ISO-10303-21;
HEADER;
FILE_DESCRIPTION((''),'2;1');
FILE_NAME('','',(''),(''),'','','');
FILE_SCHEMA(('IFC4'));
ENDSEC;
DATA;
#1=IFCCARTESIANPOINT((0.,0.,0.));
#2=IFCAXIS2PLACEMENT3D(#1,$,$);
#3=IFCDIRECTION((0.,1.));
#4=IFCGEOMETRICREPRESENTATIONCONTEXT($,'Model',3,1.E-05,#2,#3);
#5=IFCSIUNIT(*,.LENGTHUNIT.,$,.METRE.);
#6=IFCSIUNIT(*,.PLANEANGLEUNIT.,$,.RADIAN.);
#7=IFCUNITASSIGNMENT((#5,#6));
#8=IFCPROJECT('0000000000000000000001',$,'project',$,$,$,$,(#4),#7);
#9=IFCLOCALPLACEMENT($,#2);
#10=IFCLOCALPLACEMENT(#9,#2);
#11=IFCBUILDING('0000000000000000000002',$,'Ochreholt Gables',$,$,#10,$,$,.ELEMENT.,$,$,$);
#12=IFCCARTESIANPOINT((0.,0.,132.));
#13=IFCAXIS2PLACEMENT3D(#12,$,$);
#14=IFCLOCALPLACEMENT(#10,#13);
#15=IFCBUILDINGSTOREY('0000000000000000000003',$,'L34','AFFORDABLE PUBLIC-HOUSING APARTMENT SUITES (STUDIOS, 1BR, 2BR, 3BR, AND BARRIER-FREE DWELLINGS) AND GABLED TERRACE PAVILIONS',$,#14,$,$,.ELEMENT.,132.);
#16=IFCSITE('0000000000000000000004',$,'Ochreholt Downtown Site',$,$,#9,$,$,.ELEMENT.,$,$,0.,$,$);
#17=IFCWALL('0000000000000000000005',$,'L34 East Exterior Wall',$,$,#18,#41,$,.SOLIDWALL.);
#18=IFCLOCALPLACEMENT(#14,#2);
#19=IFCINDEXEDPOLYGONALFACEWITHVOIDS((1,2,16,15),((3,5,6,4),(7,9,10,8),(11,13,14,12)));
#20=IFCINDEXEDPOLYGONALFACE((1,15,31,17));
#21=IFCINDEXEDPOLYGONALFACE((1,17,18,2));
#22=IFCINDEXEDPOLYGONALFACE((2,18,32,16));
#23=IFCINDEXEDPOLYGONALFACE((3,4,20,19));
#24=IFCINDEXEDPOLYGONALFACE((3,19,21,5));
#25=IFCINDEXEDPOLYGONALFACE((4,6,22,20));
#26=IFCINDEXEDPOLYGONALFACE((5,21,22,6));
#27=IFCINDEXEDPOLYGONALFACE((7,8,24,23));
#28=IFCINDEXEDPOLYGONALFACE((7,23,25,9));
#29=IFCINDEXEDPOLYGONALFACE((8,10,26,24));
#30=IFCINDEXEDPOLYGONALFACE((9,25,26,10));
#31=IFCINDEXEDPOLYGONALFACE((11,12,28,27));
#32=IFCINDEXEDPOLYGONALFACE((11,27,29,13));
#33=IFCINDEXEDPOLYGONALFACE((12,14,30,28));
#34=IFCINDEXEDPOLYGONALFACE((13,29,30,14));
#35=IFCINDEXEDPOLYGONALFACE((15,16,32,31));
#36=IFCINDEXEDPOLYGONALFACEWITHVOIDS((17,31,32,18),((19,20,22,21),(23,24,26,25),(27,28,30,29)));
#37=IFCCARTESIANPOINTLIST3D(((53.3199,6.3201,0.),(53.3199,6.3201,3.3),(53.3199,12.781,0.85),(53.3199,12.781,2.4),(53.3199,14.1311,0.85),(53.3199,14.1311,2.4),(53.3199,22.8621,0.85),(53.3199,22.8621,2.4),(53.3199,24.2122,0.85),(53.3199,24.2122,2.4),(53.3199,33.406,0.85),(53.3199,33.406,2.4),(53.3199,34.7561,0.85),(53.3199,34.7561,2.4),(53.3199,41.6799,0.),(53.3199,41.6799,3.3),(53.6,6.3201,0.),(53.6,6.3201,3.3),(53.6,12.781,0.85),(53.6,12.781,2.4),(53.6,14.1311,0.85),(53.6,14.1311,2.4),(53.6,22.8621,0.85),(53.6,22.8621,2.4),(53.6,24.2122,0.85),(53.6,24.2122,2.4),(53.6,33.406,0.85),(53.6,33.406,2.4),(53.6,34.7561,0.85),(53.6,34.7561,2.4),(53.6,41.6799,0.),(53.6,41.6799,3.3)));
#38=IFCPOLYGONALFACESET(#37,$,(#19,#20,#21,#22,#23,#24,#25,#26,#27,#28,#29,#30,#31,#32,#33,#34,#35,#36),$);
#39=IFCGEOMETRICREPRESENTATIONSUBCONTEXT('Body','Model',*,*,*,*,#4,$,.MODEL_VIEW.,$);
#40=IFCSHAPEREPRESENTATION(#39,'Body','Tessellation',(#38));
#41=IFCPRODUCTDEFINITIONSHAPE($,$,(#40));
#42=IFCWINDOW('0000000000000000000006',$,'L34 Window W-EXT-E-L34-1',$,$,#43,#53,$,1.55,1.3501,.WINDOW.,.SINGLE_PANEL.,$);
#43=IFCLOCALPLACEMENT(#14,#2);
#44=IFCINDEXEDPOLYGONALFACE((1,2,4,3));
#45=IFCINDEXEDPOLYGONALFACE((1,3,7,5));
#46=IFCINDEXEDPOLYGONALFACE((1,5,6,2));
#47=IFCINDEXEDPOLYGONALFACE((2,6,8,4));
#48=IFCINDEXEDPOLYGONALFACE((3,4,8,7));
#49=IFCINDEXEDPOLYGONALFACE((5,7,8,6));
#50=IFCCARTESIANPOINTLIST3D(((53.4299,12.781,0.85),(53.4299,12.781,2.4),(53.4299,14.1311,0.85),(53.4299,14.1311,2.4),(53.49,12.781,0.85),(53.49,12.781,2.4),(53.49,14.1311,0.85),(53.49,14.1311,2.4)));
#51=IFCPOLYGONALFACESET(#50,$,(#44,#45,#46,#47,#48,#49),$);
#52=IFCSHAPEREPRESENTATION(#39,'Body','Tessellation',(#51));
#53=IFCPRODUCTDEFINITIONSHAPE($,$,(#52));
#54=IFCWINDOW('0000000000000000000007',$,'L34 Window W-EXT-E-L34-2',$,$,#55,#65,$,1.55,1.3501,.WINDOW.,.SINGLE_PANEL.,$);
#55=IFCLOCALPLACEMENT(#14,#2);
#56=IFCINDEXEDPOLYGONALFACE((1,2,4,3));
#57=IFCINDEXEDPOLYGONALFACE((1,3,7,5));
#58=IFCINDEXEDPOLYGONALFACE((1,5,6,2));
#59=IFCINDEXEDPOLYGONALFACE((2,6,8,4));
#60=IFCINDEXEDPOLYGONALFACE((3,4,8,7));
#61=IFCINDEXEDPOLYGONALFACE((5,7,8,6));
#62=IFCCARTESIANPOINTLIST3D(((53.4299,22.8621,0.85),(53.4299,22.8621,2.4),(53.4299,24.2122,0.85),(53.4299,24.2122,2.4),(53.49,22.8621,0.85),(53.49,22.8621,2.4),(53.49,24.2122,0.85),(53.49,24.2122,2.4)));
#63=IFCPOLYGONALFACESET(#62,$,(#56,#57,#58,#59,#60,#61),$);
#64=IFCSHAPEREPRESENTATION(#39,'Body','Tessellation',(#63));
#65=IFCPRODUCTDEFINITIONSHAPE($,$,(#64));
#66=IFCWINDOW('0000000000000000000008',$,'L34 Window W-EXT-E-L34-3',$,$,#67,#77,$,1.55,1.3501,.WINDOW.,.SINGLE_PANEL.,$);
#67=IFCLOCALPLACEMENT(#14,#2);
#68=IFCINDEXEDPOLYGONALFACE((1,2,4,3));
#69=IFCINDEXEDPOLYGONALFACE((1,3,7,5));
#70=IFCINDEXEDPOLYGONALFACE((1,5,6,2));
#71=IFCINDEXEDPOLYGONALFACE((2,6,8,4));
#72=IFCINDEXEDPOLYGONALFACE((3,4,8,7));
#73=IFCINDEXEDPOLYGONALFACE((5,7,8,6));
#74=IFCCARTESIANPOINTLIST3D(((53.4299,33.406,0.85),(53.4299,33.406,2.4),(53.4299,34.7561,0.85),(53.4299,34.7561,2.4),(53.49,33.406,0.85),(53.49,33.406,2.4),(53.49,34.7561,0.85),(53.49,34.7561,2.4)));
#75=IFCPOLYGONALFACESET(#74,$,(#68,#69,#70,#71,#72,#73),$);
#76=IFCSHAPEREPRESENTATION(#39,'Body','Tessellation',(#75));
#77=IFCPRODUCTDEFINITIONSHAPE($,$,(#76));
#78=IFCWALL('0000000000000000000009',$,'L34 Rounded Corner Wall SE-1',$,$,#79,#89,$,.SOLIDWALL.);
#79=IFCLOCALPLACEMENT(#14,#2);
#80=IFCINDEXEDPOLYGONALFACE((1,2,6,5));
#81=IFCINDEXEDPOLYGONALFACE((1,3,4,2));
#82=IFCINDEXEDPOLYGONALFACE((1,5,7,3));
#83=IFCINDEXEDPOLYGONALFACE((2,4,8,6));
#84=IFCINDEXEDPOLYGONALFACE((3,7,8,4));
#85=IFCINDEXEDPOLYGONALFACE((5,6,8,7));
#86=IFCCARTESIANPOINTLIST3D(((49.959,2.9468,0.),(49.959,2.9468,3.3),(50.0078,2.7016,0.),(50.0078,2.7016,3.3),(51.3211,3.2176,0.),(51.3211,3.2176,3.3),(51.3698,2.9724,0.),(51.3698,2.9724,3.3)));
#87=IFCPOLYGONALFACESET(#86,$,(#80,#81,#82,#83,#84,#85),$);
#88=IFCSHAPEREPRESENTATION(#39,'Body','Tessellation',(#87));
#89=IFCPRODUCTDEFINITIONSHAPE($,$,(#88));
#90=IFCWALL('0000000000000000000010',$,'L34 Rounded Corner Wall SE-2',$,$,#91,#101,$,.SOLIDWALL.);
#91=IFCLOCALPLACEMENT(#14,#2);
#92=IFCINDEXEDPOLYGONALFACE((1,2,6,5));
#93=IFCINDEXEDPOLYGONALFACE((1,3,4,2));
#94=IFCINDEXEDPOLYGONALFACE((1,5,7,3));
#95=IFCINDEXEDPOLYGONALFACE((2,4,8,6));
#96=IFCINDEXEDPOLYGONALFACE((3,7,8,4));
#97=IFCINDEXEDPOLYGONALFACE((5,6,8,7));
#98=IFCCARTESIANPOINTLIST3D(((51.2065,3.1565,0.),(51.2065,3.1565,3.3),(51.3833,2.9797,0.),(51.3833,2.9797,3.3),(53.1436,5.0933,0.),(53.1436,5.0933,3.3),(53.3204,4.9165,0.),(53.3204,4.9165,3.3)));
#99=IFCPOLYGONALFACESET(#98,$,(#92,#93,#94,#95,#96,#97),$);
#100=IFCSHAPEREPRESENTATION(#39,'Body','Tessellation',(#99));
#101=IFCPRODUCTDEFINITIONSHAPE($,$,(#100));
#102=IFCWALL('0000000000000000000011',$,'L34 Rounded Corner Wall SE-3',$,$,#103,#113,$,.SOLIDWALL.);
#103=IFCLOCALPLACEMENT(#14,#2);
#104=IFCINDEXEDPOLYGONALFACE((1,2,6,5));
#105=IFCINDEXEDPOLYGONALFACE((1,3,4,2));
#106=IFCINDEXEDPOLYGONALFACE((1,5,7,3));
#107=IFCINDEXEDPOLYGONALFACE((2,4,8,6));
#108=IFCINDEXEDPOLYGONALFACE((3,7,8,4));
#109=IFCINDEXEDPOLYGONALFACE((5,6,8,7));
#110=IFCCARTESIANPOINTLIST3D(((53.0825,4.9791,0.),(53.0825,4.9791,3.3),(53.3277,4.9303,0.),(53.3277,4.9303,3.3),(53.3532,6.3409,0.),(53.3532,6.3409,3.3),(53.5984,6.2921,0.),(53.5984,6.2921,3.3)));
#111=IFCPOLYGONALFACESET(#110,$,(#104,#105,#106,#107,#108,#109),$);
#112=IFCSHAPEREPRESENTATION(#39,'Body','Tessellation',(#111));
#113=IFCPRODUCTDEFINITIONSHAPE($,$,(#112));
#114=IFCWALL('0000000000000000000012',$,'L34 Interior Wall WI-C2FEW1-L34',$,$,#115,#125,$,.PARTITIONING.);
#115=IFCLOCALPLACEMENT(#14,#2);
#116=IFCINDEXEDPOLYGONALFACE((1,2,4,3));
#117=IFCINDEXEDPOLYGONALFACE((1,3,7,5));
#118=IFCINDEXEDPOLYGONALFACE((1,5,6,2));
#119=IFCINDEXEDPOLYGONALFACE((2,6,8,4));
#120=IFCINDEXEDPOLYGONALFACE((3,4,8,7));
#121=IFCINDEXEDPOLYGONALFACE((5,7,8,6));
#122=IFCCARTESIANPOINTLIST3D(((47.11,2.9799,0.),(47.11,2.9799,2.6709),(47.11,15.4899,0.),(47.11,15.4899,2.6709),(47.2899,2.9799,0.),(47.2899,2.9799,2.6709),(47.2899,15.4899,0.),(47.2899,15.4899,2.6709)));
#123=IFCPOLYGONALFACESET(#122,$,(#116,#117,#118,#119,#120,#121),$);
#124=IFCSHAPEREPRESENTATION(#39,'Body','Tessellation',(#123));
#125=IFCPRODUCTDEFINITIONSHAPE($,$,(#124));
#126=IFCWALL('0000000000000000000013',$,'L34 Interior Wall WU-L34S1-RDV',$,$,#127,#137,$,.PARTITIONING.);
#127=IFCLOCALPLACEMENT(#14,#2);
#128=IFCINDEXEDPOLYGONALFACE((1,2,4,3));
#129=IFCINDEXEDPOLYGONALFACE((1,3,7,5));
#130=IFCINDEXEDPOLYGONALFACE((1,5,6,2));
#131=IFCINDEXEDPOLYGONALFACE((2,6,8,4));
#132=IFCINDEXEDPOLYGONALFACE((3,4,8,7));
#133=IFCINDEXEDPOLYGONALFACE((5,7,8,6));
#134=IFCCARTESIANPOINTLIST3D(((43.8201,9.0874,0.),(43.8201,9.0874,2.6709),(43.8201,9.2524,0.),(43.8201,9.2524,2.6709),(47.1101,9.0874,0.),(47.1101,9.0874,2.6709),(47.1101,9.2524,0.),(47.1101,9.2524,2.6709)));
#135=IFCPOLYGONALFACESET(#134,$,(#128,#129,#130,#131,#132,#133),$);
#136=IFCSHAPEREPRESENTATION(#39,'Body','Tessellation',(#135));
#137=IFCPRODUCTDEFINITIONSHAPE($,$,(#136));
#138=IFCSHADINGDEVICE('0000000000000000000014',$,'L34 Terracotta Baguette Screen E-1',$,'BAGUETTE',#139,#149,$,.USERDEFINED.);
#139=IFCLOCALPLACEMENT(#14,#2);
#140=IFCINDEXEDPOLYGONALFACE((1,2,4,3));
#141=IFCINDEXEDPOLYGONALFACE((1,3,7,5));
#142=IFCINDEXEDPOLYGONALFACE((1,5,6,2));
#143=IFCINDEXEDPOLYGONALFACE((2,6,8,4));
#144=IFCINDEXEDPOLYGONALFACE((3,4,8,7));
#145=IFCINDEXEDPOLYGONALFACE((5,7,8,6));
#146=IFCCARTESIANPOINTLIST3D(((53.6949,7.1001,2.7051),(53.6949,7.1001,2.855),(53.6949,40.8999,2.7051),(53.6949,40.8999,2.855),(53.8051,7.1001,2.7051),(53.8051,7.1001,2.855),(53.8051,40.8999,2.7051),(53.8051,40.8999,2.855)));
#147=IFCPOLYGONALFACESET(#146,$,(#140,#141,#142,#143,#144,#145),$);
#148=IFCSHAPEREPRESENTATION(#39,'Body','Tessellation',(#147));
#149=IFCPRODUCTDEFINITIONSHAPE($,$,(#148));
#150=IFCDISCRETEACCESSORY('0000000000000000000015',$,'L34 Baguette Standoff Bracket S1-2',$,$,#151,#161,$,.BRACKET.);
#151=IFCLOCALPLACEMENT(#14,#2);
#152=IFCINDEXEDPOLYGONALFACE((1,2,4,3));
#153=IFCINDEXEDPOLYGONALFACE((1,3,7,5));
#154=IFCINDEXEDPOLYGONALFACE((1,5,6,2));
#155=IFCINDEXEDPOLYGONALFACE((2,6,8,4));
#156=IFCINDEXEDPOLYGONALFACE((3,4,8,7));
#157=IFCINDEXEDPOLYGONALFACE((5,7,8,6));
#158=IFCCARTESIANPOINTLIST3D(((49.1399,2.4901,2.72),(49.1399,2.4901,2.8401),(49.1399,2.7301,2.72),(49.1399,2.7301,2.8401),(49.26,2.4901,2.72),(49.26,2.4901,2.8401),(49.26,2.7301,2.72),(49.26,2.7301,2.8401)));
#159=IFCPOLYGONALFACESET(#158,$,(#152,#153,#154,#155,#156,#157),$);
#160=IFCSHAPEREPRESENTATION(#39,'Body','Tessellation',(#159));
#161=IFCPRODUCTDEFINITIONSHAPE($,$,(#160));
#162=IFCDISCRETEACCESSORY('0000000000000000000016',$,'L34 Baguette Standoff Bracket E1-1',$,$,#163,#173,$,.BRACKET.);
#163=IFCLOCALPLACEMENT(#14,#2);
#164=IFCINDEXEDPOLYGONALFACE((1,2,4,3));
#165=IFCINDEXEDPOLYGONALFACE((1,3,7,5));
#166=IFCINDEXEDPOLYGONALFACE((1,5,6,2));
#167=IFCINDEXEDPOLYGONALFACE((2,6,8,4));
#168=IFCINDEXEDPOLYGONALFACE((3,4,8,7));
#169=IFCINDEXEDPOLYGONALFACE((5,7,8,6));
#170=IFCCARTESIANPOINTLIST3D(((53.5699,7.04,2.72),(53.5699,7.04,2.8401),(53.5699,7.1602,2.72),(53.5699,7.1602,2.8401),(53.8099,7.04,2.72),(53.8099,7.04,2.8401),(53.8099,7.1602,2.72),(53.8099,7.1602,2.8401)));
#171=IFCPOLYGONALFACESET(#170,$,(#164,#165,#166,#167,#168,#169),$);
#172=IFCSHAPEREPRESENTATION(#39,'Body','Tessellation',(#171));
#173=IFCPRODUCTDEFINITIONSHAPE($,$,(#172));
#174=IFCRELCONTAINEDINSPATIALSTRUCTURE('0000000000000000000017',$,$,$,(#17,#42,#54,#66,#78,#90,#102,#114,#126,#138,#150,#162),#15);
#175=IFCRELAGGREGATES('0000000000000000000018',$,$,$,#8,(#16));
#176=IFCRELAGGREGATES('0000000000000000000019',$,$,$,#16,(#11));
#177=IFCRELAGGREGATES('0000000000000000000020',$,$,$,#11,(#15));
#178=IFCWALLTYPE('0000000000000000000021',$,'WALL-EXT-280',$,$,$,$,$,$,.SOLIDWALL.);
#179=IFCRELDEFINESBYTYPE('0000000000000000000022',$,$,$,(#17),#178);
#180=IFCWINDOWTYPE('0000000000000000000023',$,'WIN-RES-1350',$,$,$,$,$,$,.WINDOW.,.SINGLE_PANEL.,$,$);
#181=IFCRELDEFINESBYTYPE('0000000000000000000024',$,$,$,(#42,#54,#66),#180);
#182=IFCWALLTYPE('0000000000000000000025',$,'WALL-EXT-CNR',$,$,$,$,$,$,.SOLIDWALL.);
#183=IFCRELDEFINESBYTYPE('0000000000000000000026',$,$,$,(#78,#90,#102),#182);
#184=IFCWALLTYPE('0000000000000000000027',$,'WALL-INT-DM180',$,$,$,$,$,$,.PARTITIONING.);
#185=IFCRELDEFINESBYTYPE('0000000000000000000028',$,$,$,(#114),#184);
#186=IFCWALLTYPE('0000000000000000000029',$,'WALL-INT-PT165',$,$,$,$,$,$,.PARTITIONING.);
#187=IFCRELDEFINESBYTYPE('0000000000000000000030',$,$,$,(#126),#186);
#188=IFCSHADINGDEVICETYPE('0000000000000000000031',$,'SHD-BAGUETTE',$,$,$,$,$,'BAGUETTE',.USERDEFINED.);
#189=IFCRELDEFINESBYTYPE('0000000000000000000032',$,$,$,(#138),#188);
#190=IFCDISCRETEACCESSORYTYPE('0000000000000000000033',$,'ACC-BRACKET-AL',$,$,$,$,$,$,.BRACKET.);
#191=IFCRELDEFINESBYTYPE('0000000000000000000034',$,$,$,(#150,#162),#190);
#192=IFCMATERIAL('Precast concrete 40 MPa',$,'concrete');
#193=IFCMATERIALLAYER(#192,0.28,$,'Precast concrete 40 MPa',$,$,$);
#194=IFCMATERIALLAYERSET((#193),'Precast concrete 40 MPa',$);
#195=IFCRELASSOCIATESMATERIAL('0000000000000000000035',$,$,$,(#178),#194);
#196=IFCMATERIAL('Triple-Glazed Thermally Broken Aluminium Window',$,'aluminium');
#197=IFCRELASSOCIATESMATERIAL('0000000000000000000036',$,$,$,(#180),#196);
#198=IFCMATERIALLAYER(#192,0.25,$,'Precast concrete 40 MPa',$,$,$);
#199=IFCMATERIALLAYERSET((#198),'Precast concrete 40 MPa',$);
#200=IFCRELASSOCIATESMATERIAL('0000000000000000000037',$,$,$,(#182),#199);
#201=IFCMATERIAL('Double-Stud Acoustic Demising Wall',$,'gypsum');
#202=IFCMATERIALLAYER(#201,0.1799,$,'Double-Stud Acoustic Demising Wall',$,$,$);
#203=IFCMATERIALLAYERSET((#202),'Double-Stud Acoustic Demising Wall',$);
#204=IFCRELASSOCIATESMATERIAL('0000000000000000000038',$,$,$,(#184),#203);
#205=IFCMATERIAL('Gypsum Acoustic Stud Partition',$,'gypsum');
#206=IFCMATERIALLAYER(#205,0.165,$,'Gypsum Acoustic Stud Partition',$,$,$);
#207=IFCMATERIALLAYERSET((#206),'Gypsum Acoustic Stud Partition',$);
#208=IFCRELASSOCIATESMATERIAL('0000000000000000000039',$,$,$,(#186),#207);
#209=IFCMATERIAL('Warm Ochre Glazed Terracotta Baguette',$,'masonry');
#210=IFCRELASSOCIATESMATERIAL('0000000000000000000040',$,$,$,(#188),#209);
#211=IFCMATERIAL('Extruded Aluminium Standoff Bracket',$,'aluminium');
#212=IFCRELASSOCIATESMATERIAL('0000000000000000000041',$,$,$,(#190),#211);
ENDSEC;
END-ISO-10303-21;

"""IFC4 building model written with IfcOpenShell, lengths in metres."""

from ifc_helpers import new_model, si_unit, direction, frame, frame_2d, origin, origin_2d, place, context, subcontext, project, spatial, rectangle, extrude, material, layer, layer_set, material_profile, profile_set, type_object, element, fill, save


model = new_model("IFC4")

# Units and contexts
model_context = context("Model", 3, precision=1e-05, world=origin(), true_north=direction((0.0, 1.0)))
body_context = subcontext(model_context, "Body", "Model", "MODEL_VIEW")
ifc_project = project(units=[si_unit("LENGTHUNIT", "METRE"), si_unit("PLANEANGLEUNIT", "RADIAN")], contexts=[model_context])

# Site, building, storey
site_placement = place(None, origin())
site = spatial("IfcSite", under=ifc_project, at=site_placement, Name="Ochreholt Downtown Site", CompositionType="ELEMENT", RefElevation=0.0)
building_placement = place(site_placement, origin())
building = spatial("IfcBuilding", under=site, at=building_placement, Name="Ochreholt Gables", CompositionType="ELEMENT")
storey_placement = place(building_placement, frame((0.0, 0.0, 132.0)))
storey = spatial("IfcBuildingStorey", under=building, at=storey_placement, Name="L34", Description="AFFORDABLE PUBLIC-HOUSING APARTMENT SUITES (STUDIOS, 1BR, 2BR, 3BR, AND BARRIER-FREE DWELLINGS) AND GABLED TERRACE PAVILIONS", CompositionType="ELEMENT", Elevation=132.0)

# Wall, openings, windows
ifc_material_1 = material(Name="Precast concrete 40 MPa", Category="concrete")
ifc_layer_1 = layer(ifc_material_1, 0.28, Name="Precast concrete 40 MPa")
ifc_layer_set_1 = layer_set([ifc_layer_1], Name="Precast concrete 40 MPa")
wall_type_1 = type_object("IfcWallType", Name="WALL-EXT-280", PredefinedType="SOLIDWALL", material=ifc_layer_set_1)
wall_1_placement = place(storey_placement, frame((53.46, 6.3201, 0.0), z_axis=(0.0, 0.0, 1.0), x_axis=(0.0, 1.0, 0.0)))
wall_1 = element("IfcWall", 1, at=wall_1_placement, inside=storey, type_object=wall_type_1, Name="L34 East Exterior Wall", PredefinedType="SOLIDWALL", context=body_context, shape_type="SweptSolid", body=[
    extrude(rectangle(XDim=35.3599, YDim=0.28, at=frame_2d((17.6799, 0.0))), origin(), (0.0, 0.0, 1.0), 3.3),
])
opening_1_placement = place(wall_1_placement, frame((6.4609, 0.0, 0.8501)))
opening_1 = element("IfcOpeningElement", 2, at=opening_1_placement, cuts=wall_1, PredefinedType="OPENING", context=body_context, shape_type="SweptSolid", body=[
    extrude(rectangle(XDim=1.3501, YDim=1.55, at=frame_2d((0.675, 0.7749))), frame((0.0, 0.1499, 0.0), z_axis=(0.0, -1.0, 0.0), x_axis=(1.0, 0.0, 0.0)), (0.0, 0.0, 1.0), 0.3),
])
opening_2_placement = place(wall_1_placement, frame((16.542, 0.0, 0.8501)))
opening_2 = element("IfcOpeningElement", 3, at=opening_2_placement, cuts=wall_1, PredefinedType="OPENING", context=body_context, shape_type="SweptSolid", body=[
    extrude(rectangle(XDim=1.3501, YDim=1.55, at=frame_2d((0.675, 0.7749))), frame((0.0, 0.1499, 0.0), z_axis=(0.0, -1.0, 0.0), x_axis=(1.0, 0.0, 0.0)), (0.0, 0.0, 1.0), 0.3),
])
opening_3_placement = place(wall_1_placement, frame((27.0859, 0.0, 0.8501)))
opening_3 = element("IfcOpeningElement", 4, at=opening_3_placement, cuts=wall_1, PredefinedType="OPENING", context=body_context, shape_type="SweptSolid", body=[
    extrude(rectangle(XDim=1.3501, YDim=1.55, at=frame_2d((0.675, 0.7749))), frame((0.0, 0.1499, 0.0), z_axis=(0.0, -1.0, 0.0), x_axis=(1.0, 0.0, 0.0)), (0.0, 0.0, 1.0), 0.3),
])
ifc_material_2 = material(Name="Triple-Glazed Thermally Broken Aluminium Window", Category="aluminium")
window_type = type_object("IfcWindowType", Name="WIN-RES-1350", PartitioningType="SINGLE_PANEL", PredefinedType="WINDOW", material=ifc_material_2)
window_1_placement = place(opening_1_placement, origin())
window_1 = element("IfcWindow", 5, at=window_1_placement, inside=storey, type_object=window_type, Name="L34 Window W-EXT-E-L34-1", OverallHeight=1.55, OverallWidth=1.3501, PartitioningType="SINGLE_PANEL", PredefinedType="WINDOW", context=body_context, shape_type="SweptSolid", body=[
    extrude(rectangle(XDim=1.3501, YDim=1.55, at=frame_2d((0.675, 0.7749))), frame((0.0, 0.03, 0.0), z_axis=(0.0, -1.0, 0.0), x_axis=(1.0, 0.0, 0.0)), (0.0, 0.0, 1.0), 0.0601),
])
fill(opening_1, window_1)
window_2_placement = place(opening_2_placement, origin())
window_2 = element("IfcWindow", 6, at=window_2_placement, inside=storey, type_object=window_type, Name="L34 Window W-EXT-E-L34-2", OverallHeight=1.55, OverallWidth=1.3501, PartitioningType="SINGLE_PANEL", PredefinedType="WINDOW", context=body_context, shape_type="SweptSolid", body=[
    extrude(rectangle(XDim=1.3501, YDim=1.55, at=frame_2d((0.675, 0.7749))), frame((0.0, 0.03, 0.0), z_axis=(0.0, -1.0, 0.0), x_axis=(1.0, 0.0, 0.0)), (0.0, 0.0, 1.0), 0.0601),
])
fill(opening_2, window_2)
window_3_placement = place(opening_3_placement, origin())
window_3 = element("IfcWindow", 7, at=window_3_placement, inside=storey, type_object=window_type, Name="L34 Window W-EXT-E-L34-3", OverallHeight=1.55, OverallWidth=1.3501, PartitioningType="SINGLE_PANEL", PredefinedType="WINDOW", context=body_context, shape_type="SweptSolid", body=[
    extrude(rectangle(XDim=1.3501, YDim=1.55, at=frame_2d((0.675, 0.7749))), frame((0.0, 0.03, 0.0), z_axis=(0.0, -1.0, 0.0), x_axis=(1.0, 0.0, 0.0)), (0.0, 0.0, 1.0), 0.0601),
])
fill(opening_3, window_3)

# Walls
ifc_layer_2 = layer(ifc_material_1, 0.25, Name="Precast concrete 40 MPa")
ifc_layer_set_2 = layer_set([ifc_layer_2], Name="Precast concrete 40 MPa")
wall_type_2 = type_object("IfcWallType", Name="WALL-EXT-CNR", PredefinedType="SOLIDWALL", material=ifc_layer_set_2)
wall_2_placement = place(storey_placement, frame((49.9834, 2.8242, 0.0), z_axis=(0.0, 0.0, 1.0), x_axis=(0.98081, 0.194967, 0.0)))
element("IfcWall", 8, at=wall_2_placement, inside=storey, type_object=wall_type_2, Name="L34 Rounded Corner Wall SE-1", PredefinedType="SOLIDWALL", context=body_context, shape_type="SweptSolid", body=[
    extrude(rectangle(XDim=1.3887, YDim=0.25, at=frame_2d((0.6943, 0.0))), origin(), (0.0, 0.0, 1.0), 3.3),
])
wall_3_placement = place(storey_placement, frame((51.2949, 3.0681, 0.0), z_axis=(0.0, 0.0, 1.0), x_axis=(0.707151, 0.707062, 0.0)))
element("IfcWall", 9, at=wall_3_placement, inside=storey, type_object=wall_type_2, Name="L34 Rounded Corner Wall SE-2", PredefinedType="SOLIDWALL", context=body_context, shape_type="SweptSolid", body=[
    extrude(rectangle(XDim=2.7393, YDim=0.25, at=frame_2d((1.3696, 0.0))), origin(), (0.0, 0.0, 1.0), 3.3),
])
wall_4_placement = place(storey_placement, frame((53.2051, 4.9546, 0.0), z_axis=(0.0, 0.0, 1.0), x_axis=(0.195, 0.980803, 0.0)))
element("IfcWall", 10, at=wall_4_placement, inside=storey, type_object=wall_type_2, Name="L34 Rounded Corner Wall SE-3", PredefinedType="SOLIDWALL", context=body_context, shape_type="SweptSolid", body=[
    extrude(rectangle(XDim=1.3884, YDim=0.25, at=frame_2d((0.6943, 0.0))), origin(), (0.0, 0.0, 1.0), 3.3),
])
ifc_material_3 = material(Name="Double-Stud Acoustic Demising Wall", Category="gypsum")
ifc_layer_3 = layer(ifc_material_3, 0.1799, Name="Double-Stud Acoustic Demising Wall")
ifc_layer_set_3 = layer_set([ifc_layer_3], Name="Double-Stud Acoustic Demising Wall")
wall_type_3 = type_object("IfcWallType", Name="WALL-INT-DM180", PredefinedType="PARTITIONING", material=ifc_layer_set_3)
wall_5_placement = place(storey_placement, frame((47.2, 2.98, 0.0), z_axis=(0.0, 0.0, 1.0), x_axis=(0.0, 1.0, 0.0)))
element("IfcWall", 11, at=wall_5_placement, inside=storey, type_object=wall_type_3, Name="L34 Interior Wall WI-C2FEW1-L34", PredefinedType="PARTITIONING", context=body_context, shape_type="SweptSolid", body=[
    extrude(rectangle(XDim=12.51, YDim=0.1799, at=frame_2d((6.2549, 0.0))), origin(), (0.0, 0.0, 1.0), 2.6709),
])
ifc_material_4 = material(Name="Gypsum Acoustic Stud Partition", Category="gypsum")
ifc_layer_4 = layer(ifc_material_4, 0.165, Name="Gypsum Acoustic Stud Partition")
ifc_layer_set_4 = layer_set([ifc_layer_4], Name="Gypsum Acoustic Stud Partition")
wall_type_4 = type_object("IfcWallType", Name="WALL-INT-PT165", PredefinedType="PARTITIONING", material=ifc_layer_set_4)
wall_6_placement = place(storey_placement, frame((43.8201, 9.1699, 0.0), z_axis=(0.0, 0.0, 1.0), x_axis=(1.0, 0.0, 0.0)))
element("IfcWall", 12, at=wall_6_placement, inside=storey, type_object=wall_type_4, Name="L34 Interior Wall WU-L34S1-RDV", PredefinedType="PARTITIONING", context=body_context, shape_type="SweptSolid", body=[
    extrude(rectangle(XDim=3.29, YDim=0.165, at=frame_2d((1.645, 0.0))), origin(), (0.0, 0.0, 1.0), 2.6709),
])

# Shading device
ifc_material_5 = material(Name="Warm Ochre Glazed Terracotta Baguette", Category="masonry")
ifc_material_profile_1 = material_profile(ifc_material_5, rectangle(XDim=0.1101, YDim=0.1499, at=origin_2d()), Name="TCBAG110X150")
ifc_profile_set_1 = profile_set([ifc_material_profile_1], Name="Warm Ochre Glazed Terracotta Baguette")
shading_device_type = type_object("IfcShadingDeviceType", Name="SHD-BAGUETTE", ElementType="BAGUETTE", PredefinedType="USERDEFINED", material=ifc_profile_set_1)
shading_device_placement = place(storey_placement, frame((53.75, 7.1001, 2.78), z_axis=(0.0, 1.0, 0.0), x_axis=(-1.0, 0.0, 0.0)))
element("IfcShadingDevice", 13, at=shading_device_placement, inside=storey, type_object=shading_device_type, Name="L34 Terracotta Baguette Screen E-1", ObjectType="BAGUETTE", PredefinedType="USERDEFINED", context=body_context, shape_type="SweptSolid", body=[
    extrude(rectangle(XDim=0.1101, YDim=0.1499, at=origin_2d()), origin(), (0.0, 0.0, 1.0), 33.7998),
])

# Discrete accessories
ifc_material_6 = material(Name="Extruded Aluminium Standoff Bracket", Category="aluminium")
discrete_accessory_type = type_object("IfcDiscreteAccessoryType", Name="ACC-BRACKET-AL", PredefinedType="BRACKET", material=ifc_material_6)
for number, where, z_axis, x_axis, name in (
    (14, (49.2, 2.6101, 2.72), (0.0, 0.0, 1.0), (1.0, 0.0, 0.0), "L34 Baguette Standoff Bracket S1-2"),
    (15, (53.6899, 7.1001, 2.72), (0.0, 0.0, 1.0), (0.0, 1.0, 0.0), "L34 Baguette Standoff Bracket E1-1"),
):
    element("IfcDiscreteAccessory", number, at=place(storey_placement, frame(where, z_axis=z_axis, x_axis=x_axis)), inside=storey, type_object=discrete_accessory_type, Name=name, PredefinedType="BRACKET", context=body_context, shape_type="SweptSolid", body=[
        extrude(rectangle(XDim=0.1201, YDim=0.24, at=origin_2d()), origin(), (0.0, 0.0, 1.0), 0.1201),
    ])

save(model, "model.ifc")
